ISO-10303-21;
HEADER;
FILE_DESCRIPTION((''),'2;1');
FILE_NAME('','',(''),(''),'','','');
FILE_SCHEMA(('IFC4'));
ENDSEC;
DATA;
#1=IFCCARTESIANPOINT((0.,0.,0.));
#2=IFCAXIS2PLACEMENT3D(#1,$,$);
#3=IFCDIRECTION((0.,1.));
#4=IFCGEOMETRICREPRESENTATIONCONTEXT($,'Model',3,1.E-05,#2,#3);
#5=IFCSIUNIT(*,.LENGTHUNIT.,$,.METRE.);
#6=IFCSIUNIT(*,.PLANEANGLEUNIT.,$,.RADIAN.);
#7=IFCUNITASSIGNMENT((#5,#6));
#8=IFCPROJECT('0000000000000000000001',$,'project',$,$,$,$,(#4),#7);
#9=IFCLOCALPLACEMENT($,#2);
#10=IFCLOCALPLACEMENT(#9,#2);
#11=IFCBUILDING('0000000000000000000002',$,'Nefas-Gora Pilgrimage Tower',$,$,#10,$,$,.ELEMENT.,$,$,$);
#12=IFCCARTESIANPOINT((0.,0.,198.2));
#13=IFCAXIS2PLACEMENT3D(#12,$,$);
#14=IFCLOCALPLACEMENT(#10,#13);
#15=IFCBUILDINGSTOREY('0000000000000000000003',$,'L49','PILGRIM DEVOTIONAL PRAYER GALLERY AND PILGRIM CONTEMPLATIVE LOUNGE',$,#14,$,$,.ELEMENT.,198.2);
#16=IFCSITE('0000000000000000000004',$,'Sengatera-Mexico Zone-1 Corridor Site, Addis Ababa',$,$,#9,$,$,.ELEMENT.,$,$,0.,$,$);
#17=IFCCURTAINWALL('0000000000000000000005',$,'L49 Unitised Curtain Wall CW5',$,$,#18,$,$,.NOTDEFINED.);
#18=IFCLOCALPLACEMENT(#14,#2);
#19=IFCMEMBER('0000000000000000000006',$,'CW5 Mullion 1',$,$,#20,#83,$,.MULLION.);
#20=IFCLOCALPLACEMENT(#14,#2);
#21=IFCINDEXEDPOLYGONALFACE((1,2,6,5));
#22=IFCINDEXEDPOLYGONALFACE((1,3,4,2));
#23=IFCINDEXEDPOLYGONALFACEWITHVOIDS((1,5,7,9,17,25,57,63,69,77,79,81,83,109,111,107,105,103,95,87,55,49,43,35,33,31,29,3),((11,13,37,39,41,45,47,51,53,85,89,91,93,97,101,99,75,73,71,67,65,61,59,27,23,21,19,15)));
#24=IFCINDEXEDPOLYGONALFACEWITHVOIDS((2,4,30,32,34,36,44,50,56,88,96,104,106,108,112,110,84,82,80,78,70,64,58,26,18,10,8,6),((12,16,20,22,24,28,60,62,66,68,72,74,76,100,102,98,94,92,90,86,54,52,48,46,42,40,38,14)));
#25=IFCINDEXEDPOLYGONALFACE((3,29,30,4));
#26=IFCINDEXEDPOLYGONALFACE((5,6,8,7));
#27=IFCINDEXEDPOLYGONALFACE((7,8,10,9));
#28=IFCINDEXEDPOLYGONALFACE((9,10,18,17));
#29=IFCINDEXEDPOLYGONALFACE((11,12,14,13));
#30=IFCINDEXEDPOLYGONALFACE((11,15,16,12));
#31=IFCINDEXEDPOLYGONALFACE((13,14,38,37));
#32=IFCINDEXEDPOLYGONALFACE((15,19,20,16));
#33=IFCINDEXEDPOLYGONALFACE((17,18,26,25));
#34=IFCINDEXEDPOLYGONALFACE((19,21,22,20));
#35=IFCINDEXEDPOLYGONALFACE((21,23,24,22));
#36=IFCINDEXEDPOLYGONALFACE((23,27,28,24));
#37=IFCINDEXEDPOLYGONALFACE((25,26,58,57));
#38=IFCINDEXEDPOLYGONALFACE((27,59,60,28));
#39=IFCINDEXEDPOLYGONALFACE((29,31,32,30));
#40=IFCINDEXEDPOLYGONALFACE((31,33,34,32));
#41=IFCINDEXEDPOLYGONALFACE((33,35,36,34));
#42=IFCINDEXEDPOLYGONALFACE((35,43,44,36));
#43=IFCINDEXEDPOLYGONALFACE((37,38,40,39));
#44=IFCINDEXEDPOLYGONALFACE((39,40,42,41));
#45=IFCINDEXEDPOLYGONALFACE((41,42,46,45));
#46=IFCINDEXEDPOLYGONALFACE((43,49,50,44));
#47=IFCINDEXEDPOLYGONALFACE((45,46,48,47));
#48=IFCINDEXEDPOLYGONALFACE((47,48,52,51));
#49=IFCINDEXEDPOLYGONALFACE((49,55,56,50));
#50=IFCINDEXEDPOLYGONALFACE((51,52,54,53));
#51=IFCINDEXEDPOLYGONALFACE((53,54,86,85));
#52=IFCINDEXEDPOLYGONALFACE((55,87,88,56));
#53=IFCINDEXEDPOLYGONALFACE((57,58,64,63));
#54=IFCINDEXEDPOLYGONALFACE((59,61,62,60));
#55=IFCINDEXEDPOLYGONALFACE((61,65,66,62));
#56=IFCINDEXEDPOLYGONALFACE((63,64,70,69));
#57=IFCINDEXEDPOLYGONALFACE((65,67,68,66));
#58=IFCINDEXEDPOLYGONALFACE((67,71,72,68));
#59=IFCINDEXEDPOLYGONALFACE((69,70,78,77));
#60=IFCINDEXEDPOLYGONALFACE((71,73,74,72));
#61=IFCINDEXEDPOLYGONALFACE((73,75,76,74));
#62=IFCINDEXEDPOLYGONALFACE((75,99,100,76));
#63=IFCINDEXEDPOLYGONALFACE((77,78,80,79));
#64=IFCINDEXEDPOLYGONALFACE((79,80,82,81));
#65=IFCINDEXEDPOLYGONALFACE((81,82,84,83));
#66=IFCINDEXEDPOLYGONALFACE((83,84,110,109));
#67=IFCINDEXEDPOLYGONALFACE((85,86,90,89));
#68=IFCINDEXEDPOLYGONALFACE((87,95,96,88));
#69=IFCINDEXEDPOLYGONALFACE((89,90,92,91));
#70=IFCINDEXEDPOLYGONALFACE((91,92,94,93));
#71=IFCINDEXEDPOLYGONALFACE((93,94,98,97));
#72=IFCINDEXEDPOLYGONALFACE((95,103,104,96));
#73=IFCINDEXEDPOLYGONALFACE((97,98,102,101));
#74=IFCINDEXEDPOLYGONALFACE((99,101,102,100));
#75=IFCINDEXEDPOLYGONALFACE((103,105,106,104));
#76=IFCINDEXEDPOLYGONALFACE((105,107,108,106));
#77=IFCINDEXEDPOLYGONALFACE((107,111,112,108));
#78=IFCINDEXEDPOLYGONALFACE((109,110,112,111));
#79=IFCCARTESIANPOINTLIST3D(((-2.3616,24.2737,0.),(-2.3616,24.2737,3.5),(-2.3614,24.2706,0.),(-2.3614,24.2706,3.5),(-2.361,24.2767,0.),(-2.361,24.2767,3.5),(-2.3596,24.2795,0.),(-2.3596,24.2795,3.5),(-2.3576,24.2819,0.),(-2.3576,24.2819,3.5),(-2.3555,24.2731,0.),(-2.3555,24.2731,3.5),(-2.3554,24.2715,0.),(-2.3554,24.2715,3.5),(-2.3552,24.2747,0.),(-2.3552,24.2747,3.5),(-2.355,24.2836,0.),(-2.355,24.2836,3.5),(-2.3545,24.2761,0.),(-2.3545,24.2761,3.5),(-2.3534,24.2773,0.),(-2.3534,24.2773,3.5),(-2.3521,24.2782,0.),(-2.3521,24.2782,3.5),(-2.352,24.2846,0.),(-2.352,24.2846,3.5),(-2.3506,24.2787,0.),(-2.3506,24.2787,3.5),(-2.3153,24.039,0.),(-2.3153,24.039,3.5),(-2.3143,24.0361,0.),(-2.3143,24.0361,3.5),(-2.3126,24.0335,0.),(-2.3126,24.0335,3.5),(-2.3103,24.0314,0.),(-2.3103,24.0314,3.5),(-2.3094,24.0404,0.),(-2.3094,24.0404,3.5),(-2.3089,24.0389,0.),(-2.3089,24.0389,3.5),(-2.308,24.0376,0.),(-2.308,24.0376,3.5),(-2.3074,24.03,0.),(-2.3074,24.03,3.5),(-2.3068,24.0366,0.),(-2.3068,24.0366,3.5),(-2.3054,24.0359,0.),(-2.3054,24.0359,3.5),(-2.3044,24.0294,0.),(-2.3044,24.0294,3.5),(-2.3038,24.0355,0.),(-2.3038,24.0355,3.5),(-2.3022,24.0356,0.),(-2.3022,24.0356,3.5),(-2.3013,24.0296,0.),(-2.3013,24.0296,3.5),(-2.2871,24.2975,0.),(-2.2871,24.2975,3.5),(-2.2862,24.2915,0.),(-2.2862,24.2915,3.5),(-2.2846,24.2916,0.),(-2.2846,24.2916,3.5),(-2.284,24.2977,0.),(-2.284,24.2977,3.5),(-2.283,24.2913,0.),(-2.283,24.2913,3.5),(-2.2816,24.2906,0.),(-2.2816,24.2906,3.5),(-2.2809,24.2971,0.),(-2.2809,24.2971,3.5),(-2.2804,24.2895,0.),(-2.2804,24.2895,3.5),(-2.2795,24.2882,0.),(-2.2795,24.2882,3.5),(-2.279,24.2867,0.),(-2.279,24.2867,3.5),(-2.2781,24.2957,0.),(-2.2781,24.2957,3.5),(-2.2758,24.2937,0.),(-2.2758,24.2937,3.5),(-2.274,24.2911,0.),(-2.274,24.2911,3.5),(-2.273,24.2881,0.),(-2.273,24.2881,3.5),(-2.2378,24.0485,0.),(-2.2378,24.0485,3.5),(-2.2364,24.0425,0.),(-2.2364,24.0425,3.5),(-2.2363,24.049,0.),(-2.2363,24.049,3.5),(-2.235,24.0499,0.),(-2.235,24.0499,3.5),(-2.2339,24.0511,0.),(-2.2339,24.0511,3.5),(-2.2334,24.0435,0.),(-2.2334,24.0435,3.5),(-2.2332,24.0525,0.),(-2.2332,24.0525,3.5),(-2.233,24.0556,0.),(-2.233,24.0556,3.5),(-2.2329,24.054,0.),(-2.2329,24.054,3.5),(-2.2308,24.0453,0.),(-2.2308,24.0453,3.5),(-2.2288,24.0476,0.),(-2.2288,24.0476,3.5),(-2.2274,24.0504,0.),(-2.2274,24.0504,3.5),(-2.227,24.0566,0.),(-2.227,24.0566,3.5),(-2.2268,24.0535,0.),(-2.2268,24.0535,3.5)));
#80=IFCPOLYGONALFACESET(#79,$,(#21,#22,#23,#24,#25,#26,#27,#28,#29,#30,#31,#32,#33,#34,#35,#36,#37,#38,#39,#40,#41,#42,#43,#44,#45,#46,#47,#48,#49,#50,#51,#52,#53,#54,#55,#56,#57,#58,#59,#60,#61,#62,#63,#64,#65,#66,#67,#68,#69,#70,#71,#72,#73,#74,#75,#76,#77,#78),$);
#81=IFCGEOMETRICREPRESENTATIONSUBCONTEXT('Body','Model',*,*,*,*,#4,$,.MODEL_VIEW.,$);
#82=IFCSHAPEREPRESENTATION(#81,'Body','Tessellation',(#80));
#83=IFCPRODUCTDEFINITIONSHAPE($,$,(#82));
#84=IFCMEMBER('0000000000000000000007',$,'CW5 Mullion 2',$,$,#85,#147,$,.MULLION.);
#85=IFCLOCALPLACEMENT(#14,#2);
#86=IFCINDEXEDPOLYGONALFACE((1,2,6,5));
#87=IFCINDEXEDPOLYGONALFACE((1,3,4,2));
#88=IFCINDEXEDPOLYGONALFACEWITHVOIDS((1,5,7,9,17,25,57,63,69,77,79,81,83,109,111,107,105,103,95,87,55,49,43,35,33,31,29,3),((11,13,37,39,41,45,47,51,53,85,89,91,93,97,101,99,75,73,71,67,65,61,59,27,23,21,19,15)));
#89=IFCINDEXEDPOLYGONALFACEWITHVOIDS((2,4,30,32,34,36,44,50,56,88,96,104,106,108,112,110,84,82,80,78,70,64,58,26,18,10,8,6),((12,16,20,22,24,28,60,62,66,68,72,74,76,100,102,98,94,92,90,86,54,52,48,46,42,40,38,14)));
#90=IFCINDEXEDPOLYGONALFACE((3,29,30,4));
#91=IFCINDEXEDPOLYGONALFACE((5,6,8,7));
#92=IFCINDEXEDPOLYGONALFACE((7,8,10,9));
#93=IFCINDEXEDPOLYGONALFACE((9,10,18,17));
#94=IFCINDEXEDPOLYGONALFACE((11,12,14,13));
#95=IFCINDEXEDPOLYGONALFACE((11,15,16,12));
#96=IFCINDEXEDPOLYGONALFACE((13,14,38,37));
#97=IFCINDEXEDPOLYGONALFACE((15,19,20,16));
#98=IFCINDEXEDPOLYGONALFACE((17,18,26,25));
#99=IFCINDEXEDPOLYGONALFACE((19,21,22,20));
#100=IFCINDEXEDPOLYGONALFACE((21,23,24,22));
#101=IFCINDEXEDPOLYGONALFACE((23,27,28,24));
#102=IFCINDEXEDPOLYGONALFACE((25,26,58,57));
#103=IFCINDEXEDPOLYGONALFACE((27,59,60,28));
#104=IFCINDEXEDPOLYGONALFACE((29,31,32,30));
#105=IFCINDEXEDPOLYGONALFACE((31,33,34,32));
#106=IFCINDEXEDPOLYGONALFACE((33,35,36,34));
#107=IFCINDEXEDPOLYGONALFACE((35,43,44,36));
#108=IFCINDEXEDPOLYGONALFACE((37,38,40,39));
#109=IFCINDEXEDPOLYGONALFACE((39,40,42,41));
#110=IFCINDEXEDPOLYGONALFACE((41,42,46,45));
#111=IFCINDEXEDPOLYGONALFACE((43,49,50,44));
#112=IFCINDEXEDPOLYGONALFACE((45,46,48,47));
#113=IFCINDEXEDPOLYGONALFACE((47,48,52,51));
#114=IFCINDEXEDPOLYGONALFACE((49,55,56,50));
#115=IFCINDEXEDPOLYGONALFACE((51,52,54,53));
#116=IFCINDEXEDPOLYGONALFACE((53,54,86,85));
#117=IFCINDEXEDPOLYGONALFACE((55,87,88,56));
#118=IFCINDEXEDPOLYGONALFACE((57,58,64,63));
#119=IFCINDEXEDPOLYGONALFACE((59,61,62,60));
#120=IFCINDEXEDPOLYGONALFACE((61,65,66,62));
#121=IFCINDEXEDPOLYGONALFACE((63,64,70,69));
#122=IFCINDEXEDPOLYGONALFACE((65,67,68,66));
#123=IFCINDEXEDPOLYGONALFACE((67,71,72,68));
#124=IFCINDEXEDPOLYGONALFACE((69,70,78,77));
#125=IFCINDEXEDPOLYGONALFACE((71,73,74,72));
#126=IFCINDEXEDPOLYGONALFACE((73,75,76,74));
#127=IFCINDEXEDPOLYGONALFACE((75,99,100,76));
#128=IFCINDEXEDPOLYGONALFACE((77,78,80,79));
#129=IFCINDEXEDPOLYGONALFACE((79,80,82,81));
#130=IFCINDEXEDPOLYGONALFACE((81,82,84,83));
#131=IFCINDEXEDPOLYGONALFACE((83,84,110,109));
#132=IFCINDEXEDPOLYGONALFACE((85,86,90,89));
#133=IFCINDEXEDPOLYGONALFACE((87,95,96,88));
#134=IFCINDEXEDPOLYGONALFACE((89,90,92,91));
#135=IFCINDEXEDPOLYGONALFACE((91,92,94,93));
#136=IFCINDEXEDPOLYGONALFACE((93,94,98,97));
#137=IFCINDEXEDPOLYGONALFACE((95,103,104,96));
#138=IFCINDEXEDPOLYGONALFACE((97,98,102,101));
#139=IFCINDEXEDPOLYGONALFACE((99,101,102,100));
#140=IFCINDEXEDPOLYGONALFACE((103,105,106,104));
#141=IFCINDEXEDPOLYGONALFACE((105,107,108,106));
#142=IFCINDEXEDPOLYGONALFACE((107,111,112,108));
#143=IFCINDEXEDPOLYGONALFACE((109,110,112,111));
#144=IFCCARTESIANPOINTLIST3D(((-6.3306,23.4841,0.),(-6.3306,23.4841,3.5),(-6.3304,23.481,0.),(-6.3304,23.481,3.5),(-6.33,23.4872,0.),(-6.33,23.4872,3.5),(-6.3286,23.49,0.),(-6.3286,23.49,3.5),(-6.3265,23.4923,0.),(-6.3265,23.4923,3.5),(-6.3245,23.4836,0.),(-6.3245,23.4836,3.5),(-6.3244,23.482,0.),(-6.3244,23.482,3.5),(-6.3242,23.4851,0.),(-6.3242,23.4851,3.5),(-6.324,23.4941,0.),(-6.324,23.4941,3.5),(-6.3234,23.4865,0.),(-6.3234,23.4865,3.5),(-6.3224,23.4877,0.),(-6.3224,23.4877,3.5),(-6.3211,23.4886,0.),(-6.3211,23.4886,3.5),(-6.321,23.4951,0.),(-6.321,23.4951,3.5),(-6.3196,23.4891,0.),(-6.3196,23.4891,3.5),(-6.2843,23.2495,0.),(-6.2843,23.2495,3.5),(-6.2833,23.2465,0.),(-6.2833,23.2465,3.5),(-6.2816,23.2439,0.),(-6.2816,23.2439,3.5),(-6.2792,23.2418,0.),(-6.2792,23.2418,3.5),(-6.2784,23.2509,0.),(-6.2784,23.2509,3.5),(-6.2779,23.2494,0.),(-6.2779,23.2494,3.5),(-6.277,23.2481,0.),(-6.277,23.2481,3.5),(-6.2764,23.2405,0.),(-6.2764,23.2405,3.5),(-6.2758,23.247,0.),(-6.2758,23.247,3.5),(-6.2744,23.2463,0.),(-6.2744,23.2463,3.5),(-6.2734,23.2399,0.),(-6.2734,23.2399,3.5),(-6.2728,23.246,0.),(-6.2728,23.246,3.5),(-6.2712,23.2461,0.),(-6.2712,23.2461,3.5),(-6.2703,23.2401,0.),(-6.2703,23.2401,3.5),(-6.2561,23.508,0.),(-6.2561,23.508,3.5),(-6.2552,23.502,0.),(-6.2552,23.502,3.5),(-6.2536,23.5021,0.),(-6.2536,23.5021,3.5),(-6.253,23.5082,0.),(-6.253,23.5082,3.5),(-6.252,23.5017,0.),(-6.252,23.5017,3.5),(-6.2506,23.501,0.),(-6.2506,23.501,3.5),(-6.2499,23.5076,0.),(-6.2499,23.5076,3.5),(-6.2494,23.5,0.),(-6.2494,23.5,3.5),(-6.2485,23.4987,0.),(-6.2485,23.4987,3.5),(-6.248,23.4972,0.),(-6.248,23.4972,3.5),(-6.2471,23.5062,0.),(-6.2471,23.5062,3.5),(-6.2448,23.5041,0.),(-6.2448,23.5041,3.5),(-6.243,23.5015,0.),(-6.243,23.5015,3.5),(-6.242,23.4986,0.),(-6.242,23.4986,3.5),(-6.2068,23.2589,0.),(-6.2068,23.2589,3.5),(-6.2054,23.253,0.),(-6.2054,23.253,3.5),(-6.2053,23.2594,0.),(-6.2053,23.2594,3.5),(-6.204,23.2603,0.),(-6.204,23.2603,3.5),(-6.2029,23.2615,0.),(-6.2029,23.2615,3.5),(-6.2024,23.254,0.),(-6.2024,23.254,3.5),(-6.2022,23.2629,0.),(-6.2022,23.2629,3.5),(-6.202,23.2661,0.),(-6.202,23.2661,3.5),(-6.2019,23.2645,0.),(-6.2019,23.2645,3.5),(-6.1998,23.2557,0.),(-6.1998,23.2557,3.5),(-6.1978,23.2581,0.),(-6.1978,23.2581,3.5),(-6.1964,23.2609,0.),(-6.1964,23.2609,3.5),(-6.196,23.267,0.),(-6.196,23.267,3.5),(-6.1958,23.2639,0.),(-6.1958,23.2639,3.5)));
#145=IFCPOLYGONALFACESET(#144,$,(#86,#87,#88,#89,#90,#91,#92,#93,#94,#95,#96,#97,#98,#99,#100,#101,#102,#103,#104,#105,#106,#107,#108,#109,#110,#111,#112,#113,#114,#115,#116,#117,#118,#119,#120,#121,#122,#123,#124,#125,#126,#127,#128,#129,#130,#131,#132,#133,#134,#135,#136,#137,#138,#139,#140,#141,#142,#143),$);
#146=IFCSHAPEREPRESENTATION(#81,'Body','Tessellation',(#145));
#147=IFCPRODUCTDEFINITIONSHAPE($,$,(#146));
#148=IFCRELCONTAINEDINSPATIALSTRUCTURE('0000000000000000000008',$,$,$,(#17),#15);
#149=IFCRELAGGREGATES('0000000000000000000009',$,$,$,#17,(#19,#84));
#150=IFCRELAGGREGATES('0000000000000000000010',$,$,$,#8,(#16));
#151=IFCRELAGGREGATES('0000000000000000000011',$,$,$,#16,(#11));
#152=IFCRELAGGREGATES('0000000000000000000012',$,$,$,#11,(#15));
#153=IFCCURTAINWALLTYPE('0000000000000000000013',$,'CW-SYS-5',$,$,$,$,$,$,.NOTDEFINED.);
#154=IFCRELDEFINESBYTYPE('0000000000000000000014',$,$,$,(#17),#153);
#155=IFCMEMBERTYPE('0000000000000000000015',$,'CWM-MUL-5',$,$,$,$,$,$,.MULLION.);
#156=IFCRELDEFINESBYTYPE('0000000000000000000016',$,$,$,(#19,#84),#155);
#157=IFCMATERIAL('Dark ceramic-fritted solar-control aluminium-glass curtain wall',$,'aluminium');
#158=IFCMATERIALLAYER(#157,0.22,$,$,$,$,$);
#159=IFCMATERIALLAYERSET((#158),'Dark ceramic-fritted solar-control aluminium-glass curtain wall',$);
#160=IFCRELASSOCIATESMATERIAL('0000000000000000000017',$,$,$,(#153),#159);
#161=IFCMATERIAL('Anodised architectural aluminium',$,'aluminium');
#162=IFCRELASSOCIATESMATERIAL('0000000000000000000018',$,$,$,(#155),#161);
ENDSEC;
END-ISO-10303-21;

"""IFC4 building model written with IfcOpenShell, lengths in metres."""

from ifc_helpers import new_model, si_unit, direction, frame, origin, origin_2d, place, context, subcontext, project, spatial, hollow_rectangle, extrude, source, transform, mapped, material, layer, layer_set, material_profile, profile_set, type_object, element, aggregate, save


model = new_model("IFC4")

# Units and contexts
model_context = context("Model", 3, precision=1e-05, world=origin(), true_north=direction((0.0, 1.0)))
body_context = subcontext(model_context, "Body", "Model", "MODEL_VIEW")
ifc_project = project(units=[si_unit("LENGTHUNIT", "METRE"), si_unit("PLANEANGLEUNIT", "RADIAN")], contexts=[model_context])

# Site, building, storey
site_placement = place(None, origin())
site = spatial("IfcSite", under=ifc_project, at=site_placement, Name="Sengatera-Mexico Zone-1 Corridor Site, Addis Ababa", CompositionType="ELEMENT", RefElevation=0.0)
building_placement = place(site_placement, origin())
building = spatial("IfcBuilding", under=site, at=building_placement, Name="Nefas-Gora Pilgrimage Tower", CompositionType="ELEMENT")
storey_placement = place(building_placement, frame((0.0, 0.0, 198.2)))
storey = spatial("IfcBuildingStorey", under=building, at=storey_placement, Name="L49", Description="PILGRIM DEVOTIONAL PRAYER GALLERY AND PILGRIM CONTEMPLATIVE LOUNGE", CompositionType="ELEMENT", Elevation=198.2)

# Shared definitions
ifc_material_1 = material(Name="Dark ceramic-fritted solar-control aluminium-glass curtain wall", Category="aluminium")
ifc_layer_1 = layer(ifc_material_1, 0.22)
ifc_layer_set_1 = layer_set([ifc_layer_1], Name="Dark ceramic-fritted solar-control aluminium-glass curtain wall")
curtain_wall_type = type_object("IfcCurtainWallType", Name="CW-SYS-5", PredefinedType="NOTDEFINED", material=ifc_layer_set_1)
ifc_material_2 = material(Name="Anodised architectural aluminium", Category="aluminium")

# Curtain wall, members
curtain_wall_1_placement = place(storey_placement, origin())
curtain_wall_1 = element("IfcCurtainWall", 1, at=curtain_wall_1_placement, inside=storey, type_object=curtain_wall_type, Name="L49 Unitised Curtain Wall CW5", PredefinedType="NOTDEFINED")
ifc_material_profile_1 = material_profile(ifc_material_2, hollow_rectangle(XDim=0.0901, YDim=0.26, WallThickness=0.0061, InnerFilletRadius=0.0061, OuterFilletRadius=0.012, at=origin_2d()), Name="ALU MULLION 90x260")
ifc_profile_set_1 = profile_set([ifc_material_profile_1], Name="Anodised architectural aluminium")
member_type_1 = type_object("IfcMemberType", Name="CWM-MUL-5", PredefinedType="MULLION", material=ifc_profile_set_1)
shared_shape_1 = source(origin(), body_context, "Body", "SweptSolid", [
    extrude(hollow_rectangle(XDim=0.0901, YDim=0.26, WallThickness=0.0061, InnerFilletRadius=0.0061, OuterFilletRadius=0.012, at=origin_2d()), origin(), (0.0, 0.0, 1.0), 3.5),
])
member_1_placement = place(storey_placement, frame((-2.2942, 24.1636, 0.0), z_axis=(0.0, 0.0, 1.0), x_axis=(-0.980783, -0.195102, 0.0)))
member_1 = element("IfcMember", 2, at=member_1_placement, type_object=member_type_1, Name="CW5 Mullion 1", PredefinedType="MULLION", context=body_context, shape_type="MappedRepresentation", body=[
    mapped(shared_shape_1, transform((0.0, 0.0, 0.0), x_axis=(1.0, 0.0, 0.0), y_axis=(0.0, 1.0, 0.0), z_axis=(0.0, 0.0, 1.0), scale=1.0)),
])
member_2_placement = place(storey_placement, frame((-6.2632, 23.374, 0.0), z_axis=(0.0, 0.0, 1.0), x_axis=(-0.980783, -0.195102, 0.0)))
member_2 = element("IfcMember", 3, at=member_2_placement, type_object=member_type_1, Name="CW5 Mullion 2", PredefinedType="MULLION", context=body_context, shape_type="MappedRepresentation", body=[
    mapped(shared_shape_1, transform((0.0, 0.0, 0.0), x_axis=(1.0, 0.0, 0.0), y_axis=(0.0, 1.0, 0.0), z_axis=(0.0, 0.0, 1.0), scale=1.0)),
])

aggregate(curtain_wall_1, [member_1, member_2])

save(model, "model.ifc")
